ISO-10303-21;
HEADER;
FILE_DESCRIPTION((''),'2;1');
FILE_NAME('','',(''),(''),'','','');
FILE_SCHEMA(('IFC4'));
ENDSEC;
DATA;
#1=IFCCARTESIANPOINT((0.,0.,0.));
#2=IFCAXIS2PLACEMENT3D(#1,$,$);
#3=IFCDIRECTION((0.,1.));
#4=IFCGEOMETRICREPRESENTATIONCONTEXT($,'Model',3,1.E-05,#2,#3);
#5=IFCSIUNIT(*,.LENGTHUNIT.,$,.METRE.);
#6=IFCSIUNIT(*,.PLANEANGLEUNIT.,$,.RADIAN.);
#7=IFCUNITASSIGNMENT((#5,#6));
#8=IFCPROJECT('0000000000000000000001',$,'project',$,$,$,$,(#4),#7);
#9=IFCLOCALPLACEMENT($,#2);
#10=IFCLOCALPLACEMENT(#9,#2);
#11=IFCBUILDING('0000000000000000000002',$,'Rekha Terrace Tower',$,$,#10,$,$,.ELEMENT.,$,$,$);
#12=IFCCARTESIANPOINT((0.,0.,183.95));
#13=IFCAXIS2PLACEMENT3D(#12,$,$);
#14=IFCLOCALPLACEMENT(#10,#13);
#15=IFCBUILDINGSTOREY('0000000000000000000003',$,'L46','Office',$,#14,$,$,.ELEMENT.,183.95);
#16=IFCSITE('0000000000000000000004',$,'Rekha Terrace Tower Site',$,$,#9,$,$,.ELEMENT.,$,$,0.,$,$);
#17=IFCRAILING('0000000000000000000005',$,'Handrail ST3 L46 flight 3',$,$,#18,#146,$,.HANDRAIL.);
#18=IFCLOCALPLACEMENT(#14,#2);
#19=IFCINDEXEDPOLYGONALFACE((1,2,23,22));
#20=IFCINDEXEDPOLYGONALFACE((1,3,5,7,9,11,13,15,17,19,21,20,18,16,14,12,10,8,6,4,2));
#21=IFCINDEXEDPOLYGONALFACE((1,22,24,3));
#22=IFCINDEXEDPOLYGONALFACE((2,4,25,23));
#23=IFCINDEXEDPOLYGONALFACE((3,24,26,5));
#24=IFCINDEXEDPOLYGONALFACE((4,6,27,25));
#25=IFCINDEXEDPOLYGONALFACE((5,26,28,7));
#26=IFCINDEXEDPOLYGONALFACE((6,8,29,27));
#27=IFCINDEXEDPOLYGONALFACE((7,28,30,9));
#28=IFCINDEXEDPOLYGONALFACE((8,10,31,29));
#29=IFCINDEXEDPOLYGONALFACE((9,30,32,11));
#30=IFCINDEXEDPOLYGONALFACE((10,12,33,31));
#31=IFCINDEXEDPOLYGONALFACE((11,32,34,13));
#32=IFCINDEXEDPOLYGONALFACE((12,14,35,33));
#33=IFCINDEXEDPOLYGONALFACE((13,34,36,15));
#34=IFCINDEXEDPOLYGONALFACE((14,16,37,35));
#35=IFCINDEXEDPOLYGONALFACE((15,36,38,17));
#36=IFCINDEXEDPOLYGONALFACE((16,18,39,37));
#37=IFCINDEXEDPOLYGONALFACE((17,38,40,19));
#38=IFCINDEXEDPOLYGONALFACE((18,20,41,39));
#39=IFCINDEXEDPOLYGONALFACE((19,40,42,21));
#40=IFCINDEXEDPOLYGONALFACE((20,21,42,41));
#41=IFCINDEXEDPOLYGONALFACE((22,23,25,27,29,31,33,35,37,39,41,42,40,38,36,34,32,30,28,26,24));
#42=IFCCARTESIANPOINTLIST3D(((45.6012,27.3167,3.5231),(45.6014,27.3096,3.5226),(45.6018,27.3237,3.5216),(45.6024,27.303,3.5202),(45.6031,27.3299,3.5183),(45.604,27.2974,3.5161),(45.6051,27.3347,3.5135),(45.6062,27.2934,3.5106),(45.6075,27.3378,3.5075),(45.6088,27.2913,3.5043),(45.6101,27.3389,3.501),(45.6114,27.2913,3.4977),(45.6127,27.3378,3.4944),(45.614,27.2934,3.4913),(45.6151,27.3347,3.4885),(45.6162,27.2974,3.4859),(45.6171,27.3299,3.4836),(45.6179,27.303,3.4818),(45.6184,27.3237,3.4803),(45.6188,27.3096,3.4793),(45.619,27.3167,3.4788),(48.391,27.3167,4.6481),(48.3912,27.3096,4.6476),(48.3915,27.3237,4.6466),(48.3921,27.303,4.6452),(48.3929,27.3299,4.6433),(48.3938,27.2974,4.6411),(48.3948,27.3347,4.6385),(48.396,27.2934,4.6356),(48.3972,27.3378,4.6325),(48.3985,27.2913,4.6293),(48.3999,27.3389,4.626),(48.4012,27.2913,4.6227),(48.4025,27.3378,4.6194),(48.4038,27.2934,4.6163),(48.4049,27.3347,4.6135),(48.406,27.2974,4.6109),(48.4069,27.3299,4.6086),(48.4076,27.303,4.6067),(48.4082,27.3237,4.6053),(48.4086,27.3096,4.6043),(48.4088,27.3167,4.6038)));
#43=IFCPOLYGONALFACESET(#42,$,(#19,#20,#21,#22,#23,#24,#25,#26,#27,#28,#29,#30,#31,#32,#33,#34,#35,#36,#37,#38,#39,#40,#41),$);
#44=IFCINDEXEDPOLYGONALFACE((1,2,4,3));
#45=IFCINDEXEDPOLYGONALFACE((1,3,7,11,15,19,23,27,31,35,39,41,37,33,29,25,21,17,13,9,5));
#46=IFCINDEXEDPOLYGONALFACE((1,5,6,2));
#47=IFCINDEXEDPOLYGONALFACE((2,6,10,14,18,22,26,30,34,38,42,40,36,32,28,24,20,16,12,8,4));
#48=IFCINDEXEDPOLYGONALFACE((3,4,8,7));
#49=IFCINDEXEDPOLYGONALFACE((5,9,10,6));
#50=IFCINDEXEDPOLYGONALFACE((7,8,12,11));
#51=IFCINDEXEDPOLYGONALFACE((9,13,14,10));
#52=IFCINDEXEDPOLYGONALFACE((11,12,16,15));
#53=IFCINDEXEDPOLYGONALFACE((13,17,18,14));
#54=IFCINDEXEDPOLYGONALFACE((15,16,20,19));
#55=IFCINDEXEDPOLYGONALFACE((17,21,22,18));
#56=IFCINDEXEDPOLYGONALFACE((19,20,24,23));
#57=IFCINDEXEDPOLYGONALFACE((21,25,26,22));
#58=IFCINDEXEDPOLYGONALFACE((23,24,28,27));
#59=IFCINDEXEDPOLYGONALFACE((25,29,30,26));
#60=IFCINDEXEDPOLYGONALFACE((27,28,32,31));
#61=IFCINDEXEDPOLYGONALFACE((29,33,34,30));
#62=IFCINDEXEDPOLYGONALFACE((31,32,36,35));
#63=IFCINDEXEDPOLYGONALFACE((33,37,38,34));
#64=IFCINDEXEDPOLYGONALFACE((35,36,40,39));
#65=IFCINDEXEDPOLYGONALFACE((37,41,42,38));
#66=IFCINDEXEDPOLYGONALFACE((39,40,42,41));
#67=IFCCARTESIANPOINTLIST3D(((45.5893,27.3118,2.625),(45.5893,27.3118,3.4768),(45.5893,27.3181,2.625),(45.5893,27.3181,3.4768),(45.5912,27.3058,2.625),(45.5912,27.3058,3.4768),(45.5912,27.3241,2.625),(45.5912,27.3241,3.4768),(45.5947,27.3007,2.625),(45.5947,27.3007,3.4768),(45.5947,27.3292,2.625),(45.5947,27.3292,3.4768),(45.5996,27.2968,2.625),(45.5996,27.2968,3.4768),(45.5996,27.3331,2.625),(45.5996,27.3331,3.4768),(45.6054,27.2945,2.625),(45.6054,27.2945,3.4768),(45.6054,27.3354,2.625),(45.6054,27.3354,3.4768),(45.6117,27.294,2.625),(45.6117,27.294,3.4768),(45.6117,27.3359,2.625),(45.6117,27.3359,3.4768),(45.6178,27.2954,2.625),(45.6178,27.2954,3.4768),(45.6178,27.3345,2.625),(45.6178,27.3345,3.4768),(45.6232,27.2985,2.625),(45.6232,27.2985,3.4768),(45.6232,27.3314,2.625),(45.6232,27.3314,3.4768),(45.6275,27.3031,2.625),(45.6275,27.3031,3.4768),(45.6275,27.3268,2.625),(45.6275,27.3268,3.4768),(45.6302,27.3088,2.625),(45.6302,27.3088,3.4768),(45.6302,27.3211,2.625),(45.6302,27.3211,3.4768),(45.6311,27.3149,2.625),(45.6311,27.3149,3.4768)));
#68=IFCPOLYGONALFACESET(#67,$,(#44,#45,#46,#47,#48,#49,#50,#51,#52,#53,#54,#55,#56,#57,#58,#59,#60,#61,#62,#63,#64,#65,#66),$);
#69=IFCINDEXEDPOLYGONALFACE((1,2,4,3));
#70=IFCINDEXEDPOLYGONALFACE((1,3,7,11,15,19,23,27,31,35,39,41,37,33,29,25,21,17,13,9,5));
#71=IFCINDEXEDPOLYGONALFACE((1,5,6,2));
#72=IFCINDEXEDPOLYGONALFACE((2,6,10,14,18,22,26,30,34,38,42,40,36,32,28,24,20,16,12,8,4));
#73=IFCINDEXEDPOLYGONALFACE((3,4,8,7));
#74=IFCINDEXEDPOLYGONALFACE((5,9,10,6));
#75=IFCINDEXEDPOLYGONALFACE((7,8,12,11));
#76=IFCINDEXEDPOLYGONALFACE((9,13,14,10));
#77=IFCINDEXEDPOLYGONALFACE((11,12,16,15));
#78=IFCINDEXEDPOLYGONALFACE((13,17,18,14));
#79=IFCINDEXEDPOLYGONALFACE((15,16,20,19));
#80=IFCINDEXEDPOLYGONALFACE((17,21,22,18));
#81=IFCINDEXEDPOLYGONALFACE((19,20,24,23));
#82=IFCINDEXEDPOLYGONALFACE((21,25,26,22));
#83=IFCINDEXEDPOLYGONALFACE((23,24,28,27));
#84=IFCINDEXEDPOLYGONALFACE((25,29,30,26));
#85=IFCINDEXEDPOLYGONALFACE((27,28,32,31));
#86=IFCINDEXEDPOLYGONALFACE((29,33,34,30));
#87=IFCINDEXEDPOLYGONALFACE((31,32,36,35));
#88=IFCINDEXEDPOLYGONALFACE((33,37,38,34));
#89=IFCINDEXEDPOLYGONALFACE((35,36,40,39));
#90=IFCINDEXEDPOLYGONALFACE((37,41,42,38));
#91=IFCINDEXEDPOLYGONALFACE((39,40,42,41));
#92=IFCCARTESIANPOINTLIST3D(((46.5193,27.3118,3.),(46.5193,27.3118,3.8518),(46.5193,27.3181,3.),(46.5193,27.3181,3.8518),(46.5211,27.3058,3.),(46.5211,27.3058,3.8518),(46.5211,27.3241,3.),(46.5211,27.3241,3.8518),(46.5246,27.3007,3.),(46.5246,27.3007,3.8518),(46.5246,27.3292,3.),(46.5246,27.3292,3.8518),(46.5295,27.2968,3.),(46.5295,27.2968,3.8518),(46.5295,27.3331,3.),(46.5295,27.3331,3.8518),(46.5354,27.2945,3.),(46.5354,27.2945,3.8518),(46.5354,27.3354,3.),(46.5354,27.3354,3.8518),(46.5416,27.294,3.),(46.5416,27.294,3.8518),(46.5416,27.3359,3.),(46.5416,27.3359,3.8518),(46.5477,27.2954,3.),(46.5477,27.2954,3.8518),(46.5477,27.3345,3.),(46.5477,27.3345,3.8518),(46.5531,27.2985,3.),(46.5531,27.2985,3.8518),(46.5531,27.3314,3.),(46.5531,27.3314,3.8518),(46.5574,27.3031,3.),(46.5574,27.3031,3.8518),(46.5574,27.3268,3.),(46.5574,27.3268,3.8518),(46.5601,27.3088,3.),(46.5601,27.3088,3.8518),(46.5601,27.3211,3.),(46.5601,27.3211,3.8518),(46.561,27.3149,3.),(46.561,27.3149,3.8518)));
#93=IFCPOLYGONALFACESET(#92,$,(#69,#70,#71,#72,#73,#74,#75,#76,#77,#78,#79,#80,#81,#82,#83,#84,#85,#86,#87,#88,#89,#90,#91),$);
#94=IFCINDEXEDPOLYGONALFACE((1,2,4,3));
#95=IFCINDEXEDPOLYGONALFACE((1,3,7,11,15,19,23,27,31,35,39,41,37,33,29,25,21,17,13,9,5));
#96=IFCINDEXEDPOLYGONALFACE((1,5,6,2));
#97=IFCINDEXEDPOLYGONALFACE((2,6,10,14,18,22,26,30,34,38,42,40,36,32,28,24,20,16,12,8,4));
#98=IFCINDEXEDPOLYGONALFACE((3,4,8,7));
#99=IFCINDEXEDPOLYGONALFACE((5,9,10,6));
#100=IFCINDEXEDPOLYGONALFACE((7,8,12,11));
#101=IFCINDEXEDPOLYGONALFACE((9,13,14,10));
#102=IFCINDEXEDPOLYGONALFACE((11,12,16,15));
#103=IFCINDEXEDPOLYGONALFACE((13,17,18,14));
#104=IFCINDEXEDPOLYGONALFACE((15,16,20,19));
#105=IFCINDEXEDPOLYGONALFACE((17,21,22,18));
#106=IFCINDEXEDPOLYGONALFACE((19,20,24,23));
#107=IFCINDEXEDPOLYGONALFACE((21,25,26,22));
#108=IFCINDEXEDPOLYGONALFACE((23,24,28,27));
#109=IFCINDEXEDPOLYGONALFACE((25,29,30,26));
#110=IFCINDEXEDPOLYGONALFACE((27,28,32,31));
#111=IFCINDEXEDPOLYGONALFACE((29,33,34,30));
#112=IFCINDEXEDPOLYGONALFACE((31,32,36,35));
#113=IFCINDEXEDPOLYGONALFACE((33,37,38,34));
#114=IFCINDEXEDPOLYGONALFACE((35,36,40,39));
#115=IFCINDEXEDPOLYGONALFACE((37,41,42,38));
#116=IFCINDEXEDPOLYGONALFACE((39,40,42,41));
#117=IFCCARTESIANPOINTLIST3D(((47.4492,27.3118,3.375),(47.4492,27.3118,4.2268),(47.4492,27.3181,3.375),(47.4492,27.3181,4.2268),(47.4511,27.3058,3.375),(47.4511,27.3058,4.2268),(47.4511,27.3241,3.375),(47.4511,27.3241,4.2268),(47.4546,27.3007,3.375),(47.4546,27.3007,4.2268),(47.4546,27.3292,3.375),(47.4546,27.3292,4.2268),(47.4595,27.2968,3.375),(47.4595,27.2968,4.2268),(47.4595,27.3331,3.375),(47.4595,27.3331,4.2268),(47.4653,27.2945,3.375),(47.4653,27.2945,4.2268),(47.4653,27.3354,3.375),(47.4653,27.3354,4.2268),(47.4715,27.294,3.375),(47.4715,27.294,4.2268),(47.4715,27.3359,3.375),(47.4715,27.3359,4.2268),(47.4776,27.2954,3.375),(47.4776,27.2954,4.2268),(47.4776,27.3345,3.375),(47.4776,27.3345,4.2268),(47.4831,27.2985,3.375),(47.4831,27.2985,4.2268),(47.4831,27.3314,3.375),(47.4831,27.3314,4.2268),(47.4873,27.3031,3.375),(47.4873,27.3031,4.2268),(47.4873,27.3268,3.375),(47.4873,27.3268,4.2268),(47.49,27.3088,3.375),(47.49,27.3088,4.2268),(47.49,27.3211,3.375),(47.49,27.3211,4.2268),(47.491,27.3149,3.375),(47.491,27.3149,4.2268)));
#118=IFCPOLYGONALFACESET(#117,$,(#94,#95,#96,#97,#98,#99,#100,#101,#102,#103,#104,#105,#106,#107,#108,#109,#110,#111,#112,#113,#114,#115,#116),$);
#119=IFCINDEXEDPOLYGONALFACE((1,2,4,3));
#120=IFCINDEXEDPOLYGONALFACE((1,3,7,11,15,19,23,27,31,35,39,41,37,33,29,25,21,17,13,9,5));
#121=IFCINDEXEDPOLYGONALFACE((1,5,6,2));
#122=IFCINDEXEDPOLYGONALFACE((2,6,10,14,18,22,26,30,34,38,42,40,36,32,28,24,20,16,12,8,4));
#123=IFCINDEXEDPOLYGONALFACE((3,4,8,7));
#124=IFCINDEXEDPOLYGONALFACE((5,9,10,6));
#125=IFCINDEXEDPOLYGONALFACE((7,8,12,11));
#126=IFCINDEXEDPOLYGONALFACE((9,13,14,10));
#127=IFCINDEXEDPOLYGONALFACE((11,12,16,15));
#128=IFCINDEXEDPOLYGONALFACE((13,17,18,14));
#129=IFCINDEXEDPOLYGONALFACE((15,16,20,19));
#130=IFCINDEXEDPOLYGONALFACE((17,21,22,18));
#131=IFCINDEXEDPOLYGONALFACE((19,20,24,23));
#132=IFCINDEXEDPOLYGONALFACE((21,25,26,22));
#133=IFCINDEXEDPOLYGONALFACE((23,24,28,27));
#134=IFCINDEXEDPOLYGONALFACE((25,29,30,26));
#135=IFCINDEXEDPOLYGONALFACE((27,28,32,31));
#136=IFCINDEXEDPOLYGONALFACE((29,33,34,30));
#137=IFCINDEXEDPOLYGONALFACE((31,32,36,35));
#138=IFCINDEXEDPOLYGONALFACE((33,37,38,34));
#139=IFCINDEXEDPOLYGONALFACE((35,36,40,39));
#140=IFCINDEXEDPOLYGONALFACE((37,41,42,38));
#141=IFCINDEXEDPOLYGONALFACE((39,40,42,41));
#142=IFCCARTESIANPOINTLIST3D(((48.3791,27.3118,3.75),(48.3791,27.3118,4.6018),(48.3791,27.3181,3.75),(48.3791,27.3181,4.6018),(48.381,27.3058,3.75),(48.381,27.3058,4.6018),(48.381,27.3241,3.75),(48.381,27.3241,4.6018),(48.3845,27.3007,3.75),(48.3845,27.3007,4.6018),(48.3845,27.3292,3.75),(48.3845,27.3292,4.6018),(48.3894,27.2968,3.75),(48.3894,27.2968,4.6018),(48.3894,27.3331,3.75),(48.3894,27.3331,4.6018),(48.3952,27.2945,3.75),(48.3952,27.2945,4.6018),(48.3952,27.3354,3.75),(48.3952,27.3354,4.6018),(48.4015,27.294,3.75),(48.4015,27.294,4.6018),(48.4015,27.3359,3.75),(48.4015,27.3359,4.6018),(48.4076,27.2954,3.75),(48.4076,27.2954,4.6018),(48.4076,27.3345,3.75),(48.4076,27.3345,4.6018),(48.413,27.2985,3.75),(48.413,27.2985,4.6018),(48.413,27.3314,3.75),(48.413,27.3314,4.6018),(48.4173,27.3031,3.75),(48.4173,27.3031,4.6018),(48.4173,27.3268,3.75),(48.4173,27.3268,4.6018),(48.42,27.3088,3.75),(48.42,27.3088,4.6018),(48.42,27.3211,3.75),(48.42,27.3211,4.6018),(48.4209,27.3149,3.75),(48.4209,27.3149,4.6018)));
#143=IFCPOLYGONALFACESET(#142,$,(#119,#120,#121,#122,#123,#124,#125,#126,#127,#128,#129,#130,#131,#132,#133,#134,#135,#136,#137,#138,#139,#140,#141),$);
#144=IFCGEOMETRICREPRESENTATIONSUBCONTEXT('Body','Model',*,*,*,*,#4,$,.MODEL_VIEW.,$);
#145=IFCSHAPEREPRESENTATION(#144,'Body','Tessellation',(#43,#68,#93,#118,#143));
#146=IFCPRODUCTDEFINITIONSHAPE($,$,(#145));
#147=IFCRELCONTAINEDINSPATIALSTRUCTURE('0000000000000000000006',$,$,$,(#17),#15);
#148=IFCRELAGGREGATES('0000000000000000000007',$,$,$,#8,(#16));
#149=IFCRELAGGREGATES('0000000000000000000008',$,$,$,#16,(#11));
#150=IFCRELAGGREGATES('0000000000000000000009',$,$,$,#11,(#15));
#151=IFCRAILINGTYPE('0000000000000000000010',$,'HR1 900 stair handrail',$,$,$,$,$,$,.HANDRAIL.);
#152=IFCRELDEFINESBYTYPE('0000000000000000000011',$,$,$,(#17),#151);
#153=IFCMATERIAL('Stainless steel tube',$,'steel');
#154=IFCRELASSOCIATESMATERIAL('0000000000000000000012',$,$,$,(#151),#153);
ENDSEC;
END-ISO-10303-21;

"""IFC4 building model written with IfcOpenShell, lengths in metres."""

from ifc_helpers import new_model, si_unit, direction, frame, origin, origin_2d, place, context, subcontext, project, spatial, circle, extrude, material, type_object, element, save


model = new_model("IFC4")

# Units and contexts
model_context = context("Model", 3, precision=1e-05, world=origin(), true_north=direction((0.0, 1.0)))
body_context = subcontext(model_context, "Body", "Model", "MODEL_VIEW")
ifc_project = project(units=[si_unit("LENGTHUNIT", "METRE"), si_unit("PLANEANGLEUNIT", "RADIAN")], contexts=[model_context])

# Site, building, storey
site_placement = place(None, origin())
site = spatial("IfcSite", under=ifc_project, at=site_placement, Name="Rekha Terrace Tower Site", CompositionType="ELEMENT", RefElevation=0.0)
building_placement = place(site_placement, origin())
building = spatial("IfcBuilding", under=site, at=building_placement, Name="Rekha Terrace Tower", CompositionType="ELEMENT")
storey_placement = place(building_placement, frame((0.0, 0.0, 183.95)))
storey = spatial("IfcBuildingStorey", under=building, at=storey_placement, Name="L46", Description="Office", CompositionType="ELEMENT", Elevation=183.95)

# Railing
ifc_material_1 = material(Name="Stainless steel tube", Category="steel")
railing_type_1 = type_object("IfcRailingType", Name="HR1 900 stair handrail", PredefinedType="HANDRAIL", material=ifc_material_1)
railing_1_placement = place(storey_placement, frame((45.6101, 27.3149, 2.625)))
element("IfcRailing", 1, at=railing_1_placement, inside=storey, type_object=railing_type_1, Name="Handrail ST3 L46 flight 3", PredefinedType="HANDRAIL", context=body_context, shape_type="SweptSolid", body=[
    extrude(circle(Radius=0.0239, at=origin_2d()), frame((0.0, 0.0, 0.876), z_axis=(0.927432, 0.0, 0.373992), x_axis=(0.0, 1.0, 0.0)), (0.0, 0.0, 1.0), 3.0081),
    extrude(circle(Radius=0.021, at=origin_2d()), origin(), (0.0, 0.0, 1.0), 0.8518),
    extrude(circle(Radius=0.021, at=origin_2d()), frame((0.9299, 0.0, 0.375)), (0.0, 0.0, 1.0), 0.8518),
    extrude(circle(Radius=0.021, at=origin_2d()), frame((1.8599, 0.0, 0.75)), (0.0, 0.0, 1.0), 0.8518),
    extrude(circle(Radius=0.021, at=origin_2d()), frame((2.7898, 0.0, 1.125)), (0.0, 0.0, 1.0), 0.8518),
])

save(model, "model.ifc")
